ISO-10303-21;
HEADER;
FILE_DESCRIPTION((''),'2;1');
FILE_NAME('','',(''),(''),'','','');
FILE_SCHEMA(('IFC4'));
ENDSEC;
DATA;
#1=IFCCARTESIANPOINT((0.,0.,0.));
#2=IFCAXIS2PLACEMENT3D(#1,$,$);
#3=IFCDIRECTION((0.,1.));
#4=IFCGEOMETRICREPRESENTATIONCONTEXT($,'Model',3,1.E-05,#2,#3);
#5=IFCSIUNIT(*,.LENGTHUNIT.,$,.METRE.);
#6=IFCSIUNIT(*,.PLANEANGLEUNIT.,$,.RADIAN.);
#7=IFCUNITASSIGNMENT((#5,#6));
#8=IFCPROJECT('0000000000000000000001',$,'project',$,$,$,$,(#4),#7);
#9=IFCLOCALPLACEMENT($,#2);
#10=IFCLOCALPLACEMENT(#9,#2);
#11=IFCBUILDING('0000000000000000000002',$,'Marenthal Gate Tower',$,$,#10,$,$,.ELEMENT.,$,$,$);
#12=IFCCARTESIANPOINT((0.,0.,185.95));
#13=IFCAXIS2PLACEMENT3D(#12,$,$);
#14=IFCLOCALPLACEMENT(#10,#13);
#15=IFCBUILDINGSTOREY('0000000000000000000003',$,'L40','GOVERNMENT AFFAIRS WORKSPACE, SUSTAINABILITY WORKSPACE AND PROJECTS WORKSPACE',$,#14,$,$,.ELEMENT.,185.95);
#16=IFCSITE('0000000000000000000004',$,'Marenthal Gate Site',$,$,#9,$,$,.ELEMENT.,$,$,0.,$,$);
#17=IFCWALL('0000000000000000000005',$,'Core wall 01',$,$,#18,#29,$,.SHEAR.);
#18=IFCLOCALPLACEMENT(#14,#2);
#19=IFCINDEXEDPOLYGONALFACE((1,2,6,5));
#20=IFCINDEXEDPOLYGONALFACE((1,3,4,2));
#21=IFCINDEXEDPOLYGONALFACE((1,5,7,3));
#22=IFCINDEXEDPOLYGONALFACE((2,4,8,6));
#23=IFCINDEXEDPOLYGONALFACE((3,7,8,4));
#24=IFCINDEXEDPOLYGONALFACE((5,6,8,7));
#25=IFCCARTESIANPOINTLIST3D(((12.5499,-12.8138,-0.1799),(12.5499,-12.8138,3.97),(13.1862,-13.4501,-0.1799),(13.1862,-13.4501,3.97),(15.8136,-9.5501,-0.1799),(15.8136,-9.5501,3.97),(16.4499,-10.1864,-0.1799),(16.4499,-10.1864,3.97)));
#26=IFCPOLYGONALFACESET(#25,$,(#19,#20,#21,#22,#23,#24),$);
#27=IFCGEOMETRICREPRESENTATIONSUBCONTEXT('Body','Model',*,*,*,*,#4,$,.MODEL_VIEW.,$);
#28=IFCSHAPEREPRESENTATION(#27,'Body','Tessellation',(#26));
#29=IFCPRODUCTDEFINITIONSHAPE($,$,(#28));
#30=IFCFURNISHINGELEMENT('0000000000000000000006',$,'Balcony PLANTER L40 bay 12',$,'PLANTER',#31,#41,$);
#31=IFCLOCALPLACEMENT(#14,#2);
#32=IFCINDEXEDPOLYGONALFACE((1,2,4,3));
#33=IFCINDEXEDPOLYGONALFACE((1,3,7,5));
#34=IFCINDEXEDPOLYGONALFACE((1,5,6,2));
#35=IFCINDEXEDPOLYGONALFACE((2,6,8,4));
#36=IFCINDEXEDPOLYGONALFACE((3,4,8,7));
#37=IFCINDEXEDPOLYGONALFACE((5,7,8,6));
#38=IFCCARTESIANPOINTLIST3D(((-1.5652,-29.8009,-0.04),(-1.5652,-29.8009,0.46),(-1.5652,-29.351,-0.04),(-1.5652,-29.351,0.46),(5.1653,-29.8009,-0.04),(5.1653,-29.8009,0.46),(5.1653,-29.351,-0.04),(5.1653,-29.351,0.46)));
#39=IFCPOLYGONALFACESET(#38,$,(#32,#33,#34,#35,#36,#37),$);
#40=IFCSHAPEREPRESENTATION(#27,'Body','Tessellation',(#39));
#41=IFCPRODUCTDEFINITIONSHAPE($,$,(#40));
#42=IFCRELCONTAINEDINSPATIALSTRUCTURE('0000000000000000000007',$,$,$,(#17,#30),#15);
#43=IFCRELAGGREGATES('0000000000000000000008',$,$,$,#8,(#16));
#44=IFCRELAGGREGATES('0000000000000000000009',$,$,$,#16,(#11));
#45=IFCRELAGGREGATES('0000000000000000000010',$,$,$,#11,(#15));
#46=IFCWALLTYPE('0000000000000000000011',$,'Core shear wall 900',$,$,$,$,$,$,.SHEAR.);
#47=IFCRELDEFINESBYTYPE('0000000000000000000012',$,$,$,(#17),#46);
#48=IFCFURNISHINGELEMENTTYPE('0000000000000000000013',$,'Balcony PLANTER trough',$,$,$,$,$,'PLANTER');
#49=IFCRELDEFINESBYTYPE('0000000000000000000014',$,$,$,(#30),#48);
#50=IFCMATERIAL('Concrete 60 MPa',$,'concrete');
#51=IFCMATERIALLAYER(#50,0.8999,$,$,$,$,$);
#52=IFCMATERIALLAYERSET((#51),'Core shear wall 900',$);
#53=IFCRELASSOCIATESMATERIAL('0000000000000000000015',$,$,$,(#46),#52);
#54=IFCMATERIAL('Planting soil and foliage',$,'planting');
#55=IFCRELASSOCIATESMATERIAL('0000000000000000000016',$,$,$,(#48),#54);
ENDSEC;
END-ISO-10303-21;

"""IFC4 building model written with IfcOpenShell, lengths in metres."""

from ifc_helpers import new_model, si_unit, direction, frame, frame_2d, origin, origin_2d, place, context, subcontext, project, spatial, rectangle, extrude, material, layer, layer_set, type_object, element, save


model = new_model("IFC4")

# Units and contexts
model_context = context("Model", 3, precision=1e-05, world=origin(), true_north=direction((0.0, 1.0)))
body_context = subcontext(model_context, "Body", "Model", "MODEL_VIEW")
ifc_project = project(units=[si_unit("LENGTHUNIT", "METRE"), si_unit("PLANEANGLEUNIT", "RADIAN")], contexts=[model_context])

# Site, building, storey
site_placement = place(None, origin())
site = spatial("IfcSite", under=ifc_project, at=site_placement, Name="Marenthal Gate Site", CompositionType="ELEMENT", RefElevation=0.0)
building_placement = place(site_placement, origin())
building = spatial("IfcBuilding", under=site, at=building_placement, Name="Marenthal Gate Tower", CompositionType="ELEMENT")
storey_placement = place(building_placement, frame((0.0, 0.0, 185.95)))
storey = spatial("IfcBuildingStorey", under=building, at=storey_placement, Name="L40", Description="GOVERNMENT AFFAIRS WORKSPACE, SUSTAINABILITY WORKSPACE AND PROJECTS WORKSPACE", CompositionType="ELEMENT", Elevation=185.95)

# Wall
ifc_material_1 = material(Name="Concrete 60 MPa", Category="concrete")
ifc_layer_1 = layer(ifc_material_1, 0.8999)
ifc_layer_set_1 = layer_set([ifc_layer_1], Name="Core shear wall 900")
wall_type = type_object("IfcWallType", Name="Core shear wall 900", PredefinedType="SHEAR", material=ifc_layer_set_1)
wall_placement = place(storey_placement, frame((12.8682, -13.1318, -0.1799), z_axis=(0.0, 0.0, 1.0), x_axis=(0.707107, 0.707107, 0.0)))
element("IfcWall", 1, at=wall_placement, inside=storey, type_object=wall_type, Name="Core wall 01", PredefinedType="SHEAR", context=body_context, shape_type="SweptSolid", body=[
    extrude(rectangle(XDim=4.6155, YDim=0.8999, at=frame_2d((2.3076, 0.0))), origin(), (0.0, 0.0, 1.0), 4.1499),
])

# Furnishing element
ifc_material_2 = material(Name="Planting soil and foliage", Category="planting")
furnishing_element_type = type_object("IfcFurnishingElementType", Name="Balcony PLANTER trough", ElementType="PLANTER", material=ifc_material_2)
furnishing_placement = place(storey_placement, frame((1.8, -29.5759, -0.04), z_axis=(0.0, 0.0, 1.0), x_axis=(1.0, 0.0, 0.0)))
element("IfcFurnishingElement", 2, at=furnishing_placement, inside=storey, type_object=furnishing_element_type, Name="Balcony PLANTER L40 bay 12", ObjectType="PLANTER", context=body_context, shape_type="SweptSolid", body=[
    extrude(rectangle(XDim=6.7305, YDim=0.45, at=origin_2d()), origin(), (0.0, 0.0, 1.0), 0.5),
])

save(model, "model.ifc")
